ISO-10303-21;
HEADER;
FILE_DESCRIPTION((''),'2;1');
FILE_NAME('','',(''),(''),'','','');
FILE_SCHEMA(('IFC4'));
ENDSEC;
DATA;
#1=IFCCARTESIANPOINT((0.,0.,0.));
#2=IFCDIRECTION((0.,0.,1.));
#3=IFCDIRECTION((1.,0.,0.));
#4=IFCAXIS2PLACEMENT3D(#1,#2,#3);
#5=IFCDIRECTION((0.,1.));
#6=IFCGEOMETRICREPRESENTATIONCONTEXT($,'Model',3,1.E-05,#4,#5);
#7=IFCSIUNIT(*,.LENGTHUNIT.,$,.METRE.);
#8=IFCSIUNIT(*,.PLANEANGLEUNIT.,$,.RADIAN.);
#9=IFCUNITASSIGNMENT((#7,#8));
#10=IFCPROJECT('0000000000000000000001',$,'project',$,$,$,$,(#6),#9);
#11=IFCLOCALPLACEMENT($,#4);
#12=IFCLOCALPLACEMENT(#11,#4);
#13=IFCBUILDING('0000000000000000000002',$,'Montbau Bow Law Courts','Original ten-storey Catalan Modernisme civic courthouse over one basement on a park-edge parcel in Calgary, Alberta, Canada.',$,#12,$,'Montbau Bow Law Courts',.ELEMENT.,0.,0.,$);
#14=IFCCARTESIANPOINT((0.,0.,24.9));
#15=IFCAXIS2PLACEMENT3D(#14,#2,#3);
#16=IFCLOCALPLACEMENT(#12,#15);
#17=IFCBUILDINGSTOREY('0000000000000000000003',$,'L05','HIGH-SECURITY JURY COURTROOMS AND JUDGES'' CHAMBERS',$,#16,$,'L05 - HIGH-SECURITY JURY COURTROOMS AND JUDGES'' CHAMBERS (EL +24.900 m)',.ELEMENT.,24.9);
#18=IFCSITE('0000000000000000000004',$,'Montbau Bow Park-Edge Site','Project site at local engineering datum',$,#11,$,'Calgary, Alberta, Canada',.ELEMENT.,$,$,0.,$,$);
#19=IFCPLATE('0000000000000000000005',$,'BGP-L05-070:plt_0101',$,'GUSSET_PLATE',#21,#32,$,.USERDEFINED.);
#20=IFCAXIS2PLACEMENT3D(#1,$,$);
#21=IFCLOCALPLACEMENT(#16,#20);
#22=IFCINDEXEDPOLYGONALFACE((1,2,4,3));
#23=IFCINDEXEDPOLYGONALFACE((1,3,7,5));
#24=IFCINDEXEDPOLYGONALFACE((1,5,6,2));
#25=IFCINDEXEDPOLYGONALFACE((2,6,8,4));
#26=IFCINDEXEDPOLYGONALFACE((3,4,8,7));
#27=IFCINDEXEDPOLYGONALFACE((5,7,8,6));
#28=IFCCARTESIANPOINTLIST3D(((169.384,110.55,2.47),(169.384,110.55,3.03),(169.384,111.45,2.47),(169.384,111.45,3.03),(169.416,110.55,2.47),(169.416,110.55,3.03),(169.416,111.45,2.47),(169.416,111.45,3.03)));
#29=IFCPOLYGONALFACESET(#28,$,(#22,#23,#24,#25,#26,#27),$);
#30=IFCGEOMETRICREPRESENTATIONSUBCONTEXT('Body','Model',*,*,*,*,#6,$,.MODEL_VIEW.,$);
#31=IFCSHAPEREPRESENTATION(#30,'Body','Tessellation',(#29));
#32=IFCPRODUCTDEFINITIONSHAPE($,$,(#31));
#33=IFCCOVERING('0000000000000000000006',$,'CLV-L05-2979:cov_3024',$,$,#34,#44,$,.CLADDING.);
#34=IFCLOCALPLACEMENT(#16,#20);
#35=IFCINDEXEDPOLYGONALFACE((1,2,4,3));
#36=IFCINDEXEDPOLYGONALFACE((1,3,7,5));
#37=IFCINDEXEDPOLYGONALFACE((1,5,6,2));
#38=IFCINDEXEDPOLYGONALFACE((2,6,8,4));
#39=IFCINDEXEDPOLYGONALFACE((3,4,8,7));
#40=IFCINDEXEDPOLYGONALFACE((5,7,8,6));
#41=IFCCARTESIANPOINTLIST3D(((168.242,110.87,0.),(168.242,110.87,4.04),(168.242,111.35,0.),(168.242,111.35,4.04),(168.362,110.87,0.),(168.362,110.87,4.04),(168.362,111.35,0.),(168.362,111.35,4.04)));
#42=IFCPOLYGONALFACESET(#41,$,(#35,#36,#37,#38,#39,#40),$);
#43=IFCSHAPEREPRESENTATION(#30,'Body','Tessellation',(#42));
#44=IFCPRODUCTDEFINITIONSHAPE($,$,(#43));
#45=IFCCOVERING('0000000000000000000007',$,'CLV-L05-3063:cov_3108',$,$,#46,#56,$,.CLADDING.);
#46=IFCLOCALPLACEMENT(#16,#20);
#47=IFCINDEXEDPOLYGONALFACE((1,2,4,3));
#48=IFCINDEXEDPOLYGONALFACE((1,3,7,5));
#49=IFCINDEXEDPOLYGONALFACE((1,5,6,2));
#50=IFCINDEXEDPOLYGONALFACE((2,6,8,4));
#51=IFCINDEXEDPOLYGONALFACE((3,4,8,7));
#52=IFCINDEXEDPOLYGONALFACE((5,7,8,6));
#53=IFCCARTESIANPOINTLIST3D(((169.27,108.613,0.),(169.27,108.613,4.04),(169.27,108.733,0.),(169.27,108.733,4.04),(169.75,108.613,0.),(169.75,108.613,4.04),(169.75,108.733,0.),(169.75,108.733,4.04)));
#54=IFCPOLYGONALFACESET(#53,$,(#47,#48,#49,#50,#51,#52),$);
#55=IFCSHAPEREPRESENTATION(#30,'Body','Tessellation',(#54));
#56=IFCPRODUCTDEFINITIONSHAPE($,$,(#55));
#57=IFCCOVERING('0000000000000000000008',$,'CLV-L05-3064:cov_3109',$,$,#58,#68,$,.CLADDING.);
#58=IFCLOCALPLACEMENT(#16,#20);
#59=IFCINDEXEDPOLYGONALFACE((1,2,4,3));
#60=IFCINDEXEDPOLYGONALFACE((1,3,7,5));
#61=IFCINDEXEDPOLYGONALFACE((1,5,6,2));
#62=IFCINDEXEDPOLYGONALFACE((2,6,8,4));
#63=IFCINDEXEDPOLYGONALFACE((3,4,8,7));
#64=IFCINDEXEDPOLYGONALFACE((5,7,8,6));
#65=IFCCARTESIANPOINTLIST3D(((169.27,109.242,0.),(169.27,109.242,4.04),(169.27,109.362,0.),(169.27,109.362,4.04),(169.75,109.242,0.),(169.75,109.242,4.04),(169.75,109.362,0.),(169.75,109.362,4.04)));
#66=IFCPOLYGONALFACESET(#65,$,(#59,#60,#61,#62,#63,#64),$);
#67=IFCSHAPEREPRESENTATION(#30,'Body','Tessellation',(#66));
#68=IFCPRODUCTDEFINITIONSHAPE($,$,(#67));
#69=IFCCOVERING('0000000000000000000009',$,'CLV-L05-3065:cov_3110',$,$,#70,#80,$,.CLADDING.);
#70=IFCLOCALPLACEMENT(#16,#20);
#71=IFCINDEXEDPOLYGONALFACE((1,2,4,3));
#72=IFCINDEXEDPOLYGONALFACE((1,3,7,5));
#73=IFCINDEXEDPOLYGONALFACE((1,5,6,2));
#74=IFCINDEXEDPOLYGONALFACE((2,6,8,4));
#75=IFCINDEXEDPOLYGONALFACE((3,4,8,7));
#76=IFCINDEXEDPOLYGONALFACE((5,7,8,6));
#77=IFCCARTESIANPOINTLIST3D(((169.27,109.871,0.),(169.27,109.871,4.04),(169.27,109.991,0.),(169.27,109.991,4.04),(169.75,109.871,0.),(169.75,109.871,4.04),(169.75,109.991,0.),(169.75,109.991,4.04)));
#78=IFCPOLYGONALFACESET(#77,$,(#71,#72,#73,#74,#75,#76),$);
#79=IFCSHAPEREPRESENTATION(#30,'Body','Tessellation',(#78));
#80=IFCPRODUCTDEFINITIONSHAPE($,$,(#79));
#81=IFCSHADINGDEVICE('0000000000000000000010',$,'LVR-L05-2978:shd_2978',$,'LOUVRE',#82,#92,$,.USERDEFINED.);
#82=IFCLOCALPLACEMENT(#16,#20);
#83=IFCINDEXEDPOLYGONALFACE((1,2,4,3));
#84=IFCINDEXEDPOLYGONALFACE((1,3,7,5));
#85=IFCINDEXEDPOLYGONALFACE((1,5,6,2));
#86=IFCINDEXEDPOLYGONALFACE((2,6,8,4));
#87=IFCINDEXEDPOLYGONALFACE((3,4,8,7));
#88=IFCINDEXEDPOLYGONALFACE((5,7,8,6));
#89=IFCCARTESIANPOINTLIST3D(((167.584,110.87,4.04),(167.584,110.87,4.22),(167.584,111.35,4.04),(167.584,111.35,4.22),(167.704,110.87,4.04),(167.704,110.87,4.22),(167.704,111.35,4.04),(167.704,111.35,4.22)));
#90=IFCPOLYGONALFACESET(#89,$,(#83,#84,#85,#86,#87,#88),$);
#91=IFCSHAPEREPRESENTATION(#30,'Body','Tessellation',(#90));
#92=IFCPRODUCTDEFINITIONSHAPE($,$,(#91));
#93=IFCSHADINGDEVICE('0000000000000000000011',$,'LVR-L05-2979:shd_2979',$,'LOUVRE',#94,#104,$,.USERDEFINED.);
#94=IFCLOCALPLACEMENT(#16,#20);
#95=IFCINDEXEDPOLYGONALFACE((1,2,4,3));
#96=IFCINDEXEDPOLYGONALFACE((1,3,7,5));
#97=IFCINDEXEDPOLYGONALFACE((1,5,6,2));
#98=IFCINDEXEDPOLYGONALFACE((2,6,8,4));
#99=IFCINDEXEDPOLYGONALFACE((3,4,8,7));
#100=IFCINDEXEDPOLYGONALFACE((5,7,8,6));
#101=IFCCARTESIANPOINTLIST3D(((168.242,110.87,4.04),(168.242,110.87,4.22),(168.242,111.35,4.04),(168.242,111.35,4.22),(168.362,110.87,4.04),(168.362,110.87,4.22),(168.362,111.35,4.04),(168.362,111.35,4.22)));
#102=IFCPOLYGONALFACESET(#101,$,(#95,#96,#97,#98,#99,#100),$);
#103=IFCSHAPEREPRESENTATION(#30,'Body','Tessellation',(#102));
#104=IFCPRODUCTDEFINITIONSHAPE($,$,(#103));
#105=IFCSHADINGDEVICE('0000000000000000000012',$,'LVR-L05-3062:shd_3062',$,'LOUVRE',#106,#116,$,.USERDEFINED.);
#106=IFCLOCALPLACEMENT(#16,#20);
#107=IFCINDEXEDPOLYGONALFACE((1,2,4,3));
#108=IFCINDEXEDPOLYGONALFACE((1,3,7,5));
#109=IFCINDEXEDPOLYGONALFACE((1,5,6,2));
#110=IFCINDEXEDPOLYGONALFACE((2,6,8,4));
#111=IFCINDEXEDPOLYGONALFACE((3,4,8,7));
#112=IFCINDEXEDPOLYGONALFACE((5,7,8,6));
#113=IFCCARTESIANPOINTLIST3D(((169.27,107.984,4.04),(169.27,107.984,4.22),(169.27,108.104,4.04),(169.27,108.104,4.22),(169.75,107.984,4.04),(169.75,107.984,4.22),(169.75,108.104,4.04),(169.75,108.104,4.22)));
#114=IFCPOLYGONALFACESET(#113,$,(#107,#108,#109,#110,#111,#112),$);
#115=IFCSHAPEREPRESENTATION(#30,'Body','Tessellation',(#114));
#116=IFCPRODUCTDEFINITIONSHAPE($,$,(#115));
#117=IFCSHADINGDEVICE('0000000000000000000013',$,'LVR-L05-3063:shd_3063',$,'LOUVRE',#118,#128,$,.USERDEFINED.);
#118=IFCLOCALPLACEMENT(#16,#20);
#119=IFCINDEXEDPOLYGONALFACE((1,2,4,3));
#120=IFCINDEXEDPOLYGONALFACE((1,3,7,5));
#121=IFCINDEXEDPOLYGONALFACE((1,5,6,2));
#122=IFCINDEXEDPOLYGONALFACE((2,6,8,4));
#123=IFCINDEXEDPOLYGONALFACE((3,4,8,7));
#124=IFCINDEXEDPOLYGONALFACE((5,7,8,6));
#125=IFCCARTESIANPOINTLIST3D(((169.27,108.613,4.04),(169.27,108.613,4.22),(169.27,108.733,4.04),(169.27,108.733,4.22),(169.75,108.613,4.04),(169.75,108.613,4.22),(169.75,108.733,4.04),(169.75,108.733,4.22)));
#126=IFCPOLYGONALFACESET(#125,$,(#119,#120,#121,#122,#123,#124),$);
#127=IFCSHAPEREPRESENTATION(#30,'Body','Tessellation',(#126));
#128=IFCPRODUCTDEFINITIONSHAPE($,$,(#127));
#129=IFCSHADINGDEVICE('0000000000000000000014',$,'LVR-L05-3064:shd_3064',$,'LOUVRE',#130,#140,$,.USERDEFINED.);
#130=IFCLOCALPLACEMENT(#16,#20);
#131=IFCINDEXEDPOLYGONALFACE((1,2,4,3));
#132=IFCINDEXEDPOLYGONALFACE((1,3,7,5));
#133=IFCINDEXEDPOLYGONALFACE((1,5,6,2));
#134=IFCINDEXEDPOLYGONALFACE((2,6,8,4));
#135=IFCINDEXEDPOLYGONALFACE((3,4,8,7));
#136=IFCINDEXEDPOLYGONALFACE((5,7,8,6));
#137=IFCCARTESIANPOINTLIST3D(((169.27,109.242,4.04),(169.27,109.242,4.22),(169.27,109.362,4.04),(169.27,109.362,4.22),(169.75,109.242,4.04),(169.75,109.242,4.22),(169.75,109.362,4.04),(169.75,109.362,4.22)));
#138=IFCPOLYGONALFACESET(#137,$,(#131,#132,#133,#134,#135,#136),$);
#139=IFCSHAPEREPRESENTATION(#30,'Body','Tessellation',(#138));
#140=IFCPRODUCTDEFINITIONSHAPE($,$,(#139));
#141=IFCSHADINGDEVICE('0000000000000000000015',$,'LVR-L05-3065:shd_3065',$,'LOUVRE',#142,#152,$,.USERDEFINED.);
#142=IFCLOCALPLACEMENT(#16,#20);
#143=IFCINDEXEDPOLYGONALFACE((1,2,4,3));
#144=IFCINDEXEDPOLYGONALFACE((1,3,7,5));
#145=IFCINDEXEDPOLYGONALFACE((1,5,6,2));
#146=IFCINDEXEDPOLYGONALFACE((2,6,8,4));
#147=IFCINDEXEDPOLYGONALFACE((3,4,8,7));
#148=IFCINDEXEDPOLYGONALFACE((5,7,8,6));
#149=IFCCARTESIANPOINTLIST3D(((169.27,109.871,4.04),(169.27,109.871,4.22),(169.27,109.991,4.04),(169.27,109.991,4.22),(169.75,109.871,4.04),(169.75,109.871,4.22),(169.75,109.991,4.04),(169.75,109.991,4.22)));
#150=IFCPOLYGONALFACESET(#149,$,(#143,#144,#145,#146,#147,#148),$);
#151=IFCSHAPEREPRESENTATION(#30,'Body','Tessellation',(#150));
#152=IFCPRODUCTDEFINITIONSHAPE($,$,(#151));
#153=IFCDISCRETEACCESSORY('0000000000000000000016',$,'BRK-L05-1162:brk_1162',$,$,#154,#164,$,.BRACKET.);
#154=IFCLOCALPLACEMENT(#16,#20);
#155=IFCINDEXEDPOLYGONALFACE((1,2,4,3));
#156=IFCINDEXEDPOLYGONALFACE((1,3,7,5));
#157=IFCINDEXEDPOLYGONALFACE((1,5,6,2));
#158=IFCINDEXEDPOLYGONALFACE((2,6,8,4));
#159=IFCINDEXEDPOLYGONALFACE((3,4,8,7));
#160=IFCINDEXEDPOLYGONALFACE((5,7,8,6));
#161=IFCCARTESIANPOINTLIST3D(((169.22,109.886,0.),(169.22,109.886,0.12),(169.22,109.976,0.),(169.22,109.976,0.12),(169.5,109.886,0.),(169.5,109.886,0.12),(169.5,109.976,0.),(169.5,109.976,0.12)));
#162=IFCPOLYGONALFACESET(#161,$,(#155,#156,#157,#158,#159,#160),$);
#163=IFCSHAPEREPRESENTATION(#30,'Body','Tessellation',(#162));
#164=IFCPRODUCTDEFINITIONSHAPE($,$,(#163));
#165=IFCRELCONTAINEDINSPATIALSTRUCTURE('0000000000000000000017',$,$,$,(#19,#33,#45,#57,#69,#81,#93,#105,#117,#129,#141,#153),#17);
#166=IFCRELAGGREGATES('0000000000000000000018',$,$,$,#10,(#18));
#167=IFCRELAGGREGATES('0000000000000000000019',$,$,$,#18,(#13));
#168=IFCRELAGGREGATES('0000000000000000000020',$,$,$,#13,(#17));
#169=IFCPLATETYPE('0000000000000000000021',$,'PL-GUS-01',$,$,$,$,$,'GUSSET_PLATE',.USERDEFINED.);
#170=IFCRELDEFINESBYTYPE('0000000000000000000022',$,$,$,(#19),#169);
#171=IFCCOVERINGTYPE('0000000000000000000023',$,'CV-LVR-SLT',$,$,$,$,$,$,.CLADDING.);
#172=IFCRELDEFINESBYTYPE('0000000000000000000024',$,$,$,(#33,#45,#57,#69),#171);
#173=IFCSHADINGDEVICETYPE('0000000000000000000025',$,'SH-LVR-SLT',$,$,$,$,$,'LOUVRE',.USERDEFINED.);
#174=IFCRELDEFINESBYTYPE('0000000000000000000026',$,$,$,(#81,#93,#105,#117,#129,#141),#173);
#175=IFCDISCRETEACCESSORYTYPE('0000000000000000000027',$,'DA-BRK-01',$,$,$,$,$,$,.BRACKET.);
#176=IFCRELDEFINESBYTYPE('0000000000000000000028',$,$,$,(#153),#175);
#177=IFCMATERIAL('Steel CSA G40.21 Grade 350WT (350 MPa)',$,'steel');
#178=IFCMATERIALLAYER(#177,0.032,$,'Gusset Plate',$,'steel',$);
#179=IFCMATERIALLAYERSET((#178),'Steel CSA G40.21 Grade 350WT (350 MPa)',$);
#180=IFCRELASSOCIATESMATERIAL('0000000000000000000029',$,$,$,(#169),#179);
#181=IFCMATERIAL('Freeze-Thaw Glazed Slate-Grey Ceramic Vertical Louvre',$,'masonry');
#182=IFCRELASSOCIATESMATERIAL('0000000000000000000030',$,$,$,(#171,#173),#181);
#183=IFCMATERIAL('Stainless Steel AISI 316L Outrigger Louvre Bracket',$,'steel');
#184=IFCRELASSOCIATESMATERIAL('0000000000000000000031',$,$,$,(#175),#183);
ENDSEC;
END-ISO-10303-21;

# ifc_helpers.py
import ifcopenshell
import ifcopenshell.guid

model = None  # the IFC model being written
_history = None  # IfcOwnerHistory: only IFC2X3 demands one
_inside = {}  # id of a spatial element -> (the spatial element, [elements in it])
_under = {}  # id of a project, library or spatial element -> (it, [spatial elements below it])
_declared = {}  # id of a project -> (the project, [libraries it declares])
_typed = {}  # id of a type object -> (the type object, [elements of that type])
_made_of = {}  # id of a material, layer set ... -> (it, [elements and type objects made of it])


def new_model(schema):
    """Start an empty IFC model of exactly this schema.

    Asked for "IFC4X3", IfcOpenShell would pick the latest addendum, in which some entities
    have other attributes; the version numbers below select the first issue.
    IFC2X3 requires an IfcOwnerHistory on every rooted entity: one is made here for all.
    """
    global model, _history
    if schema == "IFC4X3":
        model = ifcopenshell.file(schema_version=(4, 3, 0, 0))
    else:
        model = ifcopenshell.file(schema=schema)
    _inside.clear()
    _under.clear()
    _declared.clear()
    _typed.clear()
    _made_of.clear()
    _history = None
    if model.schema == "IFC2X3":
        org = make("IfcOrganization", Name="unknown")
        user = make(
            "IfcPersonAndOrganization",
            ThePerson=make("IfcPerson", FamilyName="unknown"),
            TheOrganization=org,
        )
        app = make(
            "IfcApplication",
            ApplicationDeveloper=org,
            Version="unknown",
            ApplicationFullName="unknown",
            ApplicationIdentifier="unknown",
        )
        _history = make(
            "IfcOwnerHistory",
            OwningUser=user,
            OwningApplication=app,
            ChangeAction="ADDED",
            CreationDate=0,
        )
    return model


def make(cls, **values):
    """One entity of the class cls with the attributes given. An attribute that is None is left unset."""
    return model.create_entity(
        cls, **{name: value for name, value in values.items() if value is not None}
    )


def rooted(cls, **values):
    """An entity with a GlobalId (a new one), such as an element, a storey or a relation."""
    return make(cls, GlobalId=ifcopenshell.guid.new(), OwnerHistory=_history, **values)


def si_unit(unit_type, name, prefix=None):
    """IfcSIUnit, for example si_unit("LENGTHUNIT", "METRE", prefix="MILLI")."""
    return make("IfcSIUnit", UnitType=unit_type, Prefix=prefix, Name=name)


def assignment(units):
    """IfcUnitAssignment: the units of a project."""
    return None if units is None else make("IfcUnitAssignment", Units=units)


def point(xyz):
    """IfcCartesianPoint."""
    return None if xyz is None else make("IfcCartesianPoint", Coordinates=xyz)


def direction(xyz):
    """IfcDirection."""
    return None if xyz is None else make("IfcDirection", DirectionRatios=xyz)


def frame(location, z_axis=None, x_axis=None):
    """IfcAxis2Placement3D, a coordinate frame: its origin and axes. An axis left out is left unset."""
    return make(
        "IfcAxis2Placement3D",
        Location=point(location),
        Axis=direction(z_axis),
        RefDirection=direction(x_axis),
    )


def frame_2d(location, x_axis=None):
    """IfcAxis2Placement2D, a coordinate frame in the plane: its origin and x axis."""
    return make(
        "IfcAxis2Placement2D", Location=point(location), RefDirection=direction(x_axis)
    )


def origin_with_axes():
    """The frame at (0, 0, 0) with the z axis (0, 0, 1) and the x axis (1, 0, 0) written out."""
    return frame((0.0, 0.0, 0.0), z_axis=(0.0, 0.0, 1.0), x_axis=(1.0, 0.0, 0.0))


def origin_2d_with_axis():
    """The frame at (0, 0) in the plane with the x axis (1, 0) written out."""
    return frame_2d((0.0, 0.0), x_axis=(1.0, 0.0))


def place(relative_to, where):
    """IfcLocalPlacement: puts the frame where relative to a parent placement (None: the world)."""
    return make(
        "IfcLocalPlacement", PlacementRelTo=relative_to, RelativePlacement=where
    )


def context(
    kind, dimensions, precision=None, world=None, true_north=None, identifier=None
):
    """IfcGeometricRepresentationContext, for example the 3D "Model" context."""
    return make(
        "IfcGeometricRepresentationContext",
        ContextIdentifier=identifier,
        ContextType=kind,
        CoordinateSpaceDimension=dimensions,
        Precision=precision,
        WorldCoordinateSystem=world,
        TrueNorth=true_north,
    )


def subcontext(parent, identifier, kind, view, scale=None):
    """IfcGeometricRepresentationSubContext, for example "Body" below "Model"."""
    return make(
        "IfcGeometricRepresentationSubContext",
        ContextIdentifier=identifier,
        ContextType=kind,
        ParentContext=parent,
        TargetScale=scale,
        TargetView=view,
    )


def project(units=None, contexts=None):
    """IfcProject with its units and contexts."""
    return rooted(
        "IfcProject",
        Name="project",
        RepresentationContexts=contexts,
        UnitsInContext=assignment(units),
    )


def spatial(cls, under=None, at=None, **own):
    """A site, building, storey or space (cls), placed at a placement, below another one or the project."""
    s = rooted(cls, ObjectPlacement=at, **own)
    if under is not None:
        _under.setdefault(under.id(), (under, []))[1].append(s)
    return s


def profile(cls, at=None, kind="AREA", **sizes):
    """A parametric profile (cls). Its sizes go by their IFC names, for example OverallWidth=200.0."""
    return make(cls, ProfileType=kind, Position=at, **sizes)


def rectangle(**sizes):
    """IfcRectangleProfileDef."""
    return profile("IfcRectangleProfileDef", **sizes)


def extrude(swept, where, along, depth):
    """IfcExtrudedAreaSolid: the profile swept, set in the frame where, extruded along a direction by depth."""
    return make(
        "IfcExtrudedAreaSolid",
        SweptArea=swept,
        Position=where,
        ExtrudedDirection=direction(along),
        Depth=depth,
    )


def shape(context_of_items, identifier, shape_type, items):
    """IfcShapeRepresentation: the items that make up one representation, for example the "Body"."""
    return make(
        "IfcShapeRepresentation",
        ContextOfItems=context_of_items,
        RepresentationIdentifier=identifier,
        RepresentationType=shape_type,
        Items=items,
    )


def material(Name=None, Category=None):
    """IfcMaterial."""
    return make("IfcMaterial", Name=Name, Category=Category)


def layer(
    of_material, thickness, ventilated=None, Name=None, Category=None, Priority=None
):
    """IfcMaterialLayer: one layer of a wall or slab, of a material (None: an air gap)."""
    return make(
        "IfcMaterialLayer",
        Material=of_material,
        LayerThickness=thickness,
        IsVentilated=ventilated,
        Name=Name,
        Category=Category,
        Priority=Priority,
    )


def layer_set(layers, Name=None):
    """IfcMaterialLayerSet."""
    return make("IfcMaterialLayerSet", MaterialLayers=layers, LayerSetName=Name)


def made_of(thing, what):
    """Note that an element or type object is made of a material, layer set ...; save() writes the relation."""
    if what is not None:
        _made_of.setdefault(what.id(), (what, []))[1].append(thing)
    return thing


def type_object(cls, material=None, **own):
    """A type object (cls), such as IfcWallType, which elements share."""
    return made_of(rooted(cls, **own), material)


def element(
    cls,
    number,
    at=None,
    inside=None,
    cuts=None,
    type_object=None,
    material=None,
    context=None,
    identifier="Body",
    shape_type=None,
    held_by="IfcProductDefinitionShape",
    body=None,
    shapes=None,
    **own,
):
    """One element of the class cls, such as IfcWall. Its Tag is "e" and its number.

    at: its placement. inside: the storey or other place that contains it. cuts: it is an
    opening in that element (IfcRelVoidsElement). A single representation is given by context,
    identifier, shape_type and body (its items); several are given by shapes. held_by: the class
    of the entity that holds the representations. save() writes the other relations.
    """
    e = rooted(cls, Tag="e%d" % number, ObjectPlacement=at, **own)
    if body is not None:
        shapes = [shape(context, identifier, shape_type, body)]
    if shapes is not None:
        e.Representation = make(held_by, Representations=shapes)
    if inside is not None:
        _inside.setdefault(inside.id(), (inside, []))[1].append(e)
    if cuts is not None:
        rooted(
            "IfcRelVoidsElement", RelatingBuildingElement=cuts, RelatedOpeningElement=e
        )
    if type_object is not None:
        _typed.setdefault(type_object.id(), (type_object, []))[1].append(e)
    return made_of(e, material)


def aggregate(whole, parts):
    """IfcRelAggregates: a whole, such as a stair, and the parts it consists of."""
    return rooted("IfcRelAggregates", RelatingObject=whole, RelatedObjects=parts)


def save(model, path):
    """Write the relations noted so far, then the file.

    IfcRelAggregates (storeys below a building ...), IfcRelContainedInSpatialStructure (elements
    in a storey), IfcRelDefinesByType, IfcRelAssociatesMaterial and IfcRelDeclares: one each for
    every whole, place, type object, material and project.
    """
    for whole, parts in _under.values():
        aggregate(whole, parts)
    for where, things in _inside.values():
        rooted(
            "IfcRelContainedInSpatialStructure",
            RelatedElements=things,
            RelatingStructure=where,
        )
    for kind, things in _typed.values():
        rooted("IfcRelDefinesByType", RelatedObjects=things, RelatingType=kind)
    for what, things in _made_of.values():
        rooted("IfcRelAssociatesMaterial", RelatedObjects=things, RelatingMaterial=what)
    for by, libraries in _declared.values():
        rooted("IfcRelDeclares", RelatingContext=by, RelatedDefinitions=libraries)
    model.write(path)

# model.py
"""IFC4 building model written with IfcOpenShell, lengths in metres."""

from ifc_helpers import new_model, si_unit, direction, frame, frame_2d, origin_with_axes, origin_2d_with_axis, place, context, subcontext, project, spatial, rectangle, extrude, material, layer, layer_set, type_object, element, save


model = new_model("IFC4")

# Units and contexts
model_context = context("Model", 3, precision=1e-05, world=origin_with_axes(), true_north=direction((0.0, 1.0)))
body_context = subcontext(model_context, "Body", "Model", "MODEL_VIEW")
ifc_project = project(units=[si_unit("LENGTHUNIT", "METRE"), si_unit("PLANEANGLEUNIT", "RADIAN")], contexts=[model_context])

# Site, building, storey
site_placement = place(None, origin_with_axes())
site = spatial("IfcSite", under=ifc_project, at=site_placement, Name="Montbau Bow Park-Edge Site", Description="Project site at local engineering datum", LongName="Calgary, Alberta, Canada", CompositionType="ELEMENT", RefElevation=0.0)
building_placement = place(site_placement, origin_with_axes())
building = spatial("IfcBuilding", under=site, at=building_placement, Name="Montbau Bow Law Courts", Description="Original ten-storey Catalan Modernisme civic courthouse over one basement on a park-edge parcel in Calgary, Alberta, Canada.", LongName="Montbau Bow Law Courts", CompositionType="ELEMENT", ElevationOfRefHeight=0.0, ElevationOfTerrain=0.0)
storey_placement = place(building_placement, frame((0.0, 0.0, 24.9), z_axis=(0.0, 0.0, 1.0), x_axis=(1.0, 0.0, 0.0)))
storey = spatial("IfcBuildingStorey", under=building, at=storey_placement, Name="L05", Description="HIGH-SECURITY JURY COURTROOMS AND JUDGES' CHAMBERS", LongName="L05 - HIGH-SECURITY JURY COURTROOMS AND JUDGES' CHAMBERS (EL +24.900 m)", CompositionType="ELEMENT", Elevation=24.9)

# Plate
ifc_material_1 = material(Name="Steel CSA G40.21 Grade 350WT (350 MPa)", Category="steel")
ifc_layer_1 = layer(ifc_material_1, 0.032, Name="Gusset Plate", Category="steel")
ifc_layer_set_1 = layer_set([ifc_layer_1], Name="Steel CSA G40.21 Grade 350WT (350 MPa)")
plate_type_1 = type_object("IfcPlateType", Name="PL-GUS-01", ElementType="GUSSET_PLATE", PredefinedType="USERDEFINED", material=ifc_layer_set_1)
for number, where, z_axis, x_axis, name in (
    (1, (169.4, 111.0, 27.37), (0.0, 0.0, 1.0), (0.0, 1.0, 0.0), "BGP-L05-070:plt_0101"),
):
    element("IfcPlate", number, at=place(None, frame(where, z_axis=z_axis, x_axis=x_axis)), inside=storey, type_object=plate_type_1, Name=name, ObjectType="GUSSET_PLATE", PredefinedType="USERDEFINED", context=body_context, shape_type="SweptSolid", body=[
        extrude(rectangle(XDim=0.9, YDim=0.032, at=origin_2d_with_axis()), origin_with_axes(), (0.0, 0.0, 1.0), 0.56),
    ])

# Coverings
ifc_material_2 = material(Name="Freeze-Thaw Glazed Slate-Grey Ceramic Vertical Louvre", Category="masonry")
covering_type = type_object("IfcCoveringType", Name="CV-LVR-SLT", PredefinedType="CLADDING", material=ifc_material_2)
for number, where, z_axis, x_axis, name in (
    (2, (168.302, 110.87, 24.9), (1.0, 0.0, 0.0), (0.0, 1.0, 0.0), "CLV-L05-2979:cov_3024"),
    (3, (169.27, 108.673, 24.9), (0.0, -1.0, 0.0), (1.0, 0.0, 0.0), "CLV-L05-3063:cov_3108"),
    (4, (169.27, 109.302, 24.9), (0.0, -1.0, 0.0), (1.0, 0.0, 0.0), "CLV-L05-3064:cov_3109"),
    (5, (169.27, 109.931, 24.9), (0.0, -1.0, 0.0), (1.0, 0.0, 0.0), "CLV-L05-3065:cov_3110"),
):
    element("IfcCovering", number, at=place(None, frame(where, z_axis=z_axis, x_axis=x_axis)), inside=storey, type_object=covering_type, Name=name, PredefinedType="CLADDING", context=body_context, shape_type="SweptSolid", body=[
        extrude(rectangle(XDim=0.48, YDim=4.04, at=frame_2d((0.24, 2.02), x_axis=(1.0, 0.0))), frame((0.0, 0.0, -0.06), z_axis=(0.0, 0.0, 1.0), x_axis=(1.0, 0.0, 0.0)), (0.0, 0.0, 1.0), 0.12),
    ])

# Shading devices
shading_device_type = type_object("IfcShadingDeviceType", Name="SH-LVR-SLT", ElementType="LOUVRE", PredefinedType="USERDEFINED", material=ifc_material_2)
for number, where, z_axis, x_axis, name in (
    (6, (167.644, 111.11, 28.94), (0.0, 0.0, 1.0), (0.0, 1.0, 0.0), "LVR-L05-2978:shd_2978"),
    (7, (168.302, 111.11, 28.94), (0.0, 0.0, 1.0), (0.0, 1.0, 0.0), "LVR-L05-2979:shd_2979"),
    (8, (169.51, 108.044, 28.94), (0.0, 0.0, 1.0), (1.0, 0.0, 0.0), "LVR-L05-3062:shd_3062"),
    (9, (169.51, 108.673, 28.94), (0.0, 0.0, 1.0), (1.0, 0.0, 0.0), "LVR-L05-3063:shd_3063"),
    (10, (169.51, 109.302, 28.94), (0.0, 0.0, 1.0), (1.0, 0.0, 0.0), "LVR-L05-3064:shd_3064"),
    (11, (169.51, 109.931, 28.94), (0.0, 0.0, 1.0), (1.0, 0.0, 0.0), "LVR-L05-3065:shd_3065"),
):
    element("IfcShadingDevice", number, at=place(None, frame(where, z_axis=z_axis, x_axis=x_axis)), inside=storey, type_object=shading_device_type, Name=name, ObjectType="LOUVRE", PredefinedType="USERDEFINED", context=body_context, shape_type="SweptSolid", body=[
        extrude(rectangle(XDim=0.48, YDim=0.12, at=origin_2d_with_axis()), origin_with_axes(), (0.0, 0.0, 1.0), 0.18),
    ])

# Discrete accessory
ifc_material_3 = material(Name="Stainless Steel AISI 316L Outrigger Louvre Bracket", Category="steel")
discrete_accessory_type = type_object("IfcDiscreteAccessoryType", Name="DA-BRK-01", PredefinedType="BRACKET", material=ifc_material_3)
discrete_accessory_placement = place(None, frame((169.36, 109.931, 24.9), z_axis=(0.0, 0.0, 1.0), x_axis=(1.0, 0.0, 0.0)))
element("IfcDiscreteAccessory", 12, at=discrete_accessory_placement, inside=storey, type_object=discrete_accessory_type, Name="BRK-L05-1162:brk_1162", PredefinedType="BRACKET", context=body_context, shape_type="SweptSolid", body=[
    extrude(rectangle(XDim=0.28, YDim=0.09, at=origin_2d_with_axis()), origin_with_axes(), (0.0, 0.0, 1.0), 0.12),
])

save(model, "model.ifc")
